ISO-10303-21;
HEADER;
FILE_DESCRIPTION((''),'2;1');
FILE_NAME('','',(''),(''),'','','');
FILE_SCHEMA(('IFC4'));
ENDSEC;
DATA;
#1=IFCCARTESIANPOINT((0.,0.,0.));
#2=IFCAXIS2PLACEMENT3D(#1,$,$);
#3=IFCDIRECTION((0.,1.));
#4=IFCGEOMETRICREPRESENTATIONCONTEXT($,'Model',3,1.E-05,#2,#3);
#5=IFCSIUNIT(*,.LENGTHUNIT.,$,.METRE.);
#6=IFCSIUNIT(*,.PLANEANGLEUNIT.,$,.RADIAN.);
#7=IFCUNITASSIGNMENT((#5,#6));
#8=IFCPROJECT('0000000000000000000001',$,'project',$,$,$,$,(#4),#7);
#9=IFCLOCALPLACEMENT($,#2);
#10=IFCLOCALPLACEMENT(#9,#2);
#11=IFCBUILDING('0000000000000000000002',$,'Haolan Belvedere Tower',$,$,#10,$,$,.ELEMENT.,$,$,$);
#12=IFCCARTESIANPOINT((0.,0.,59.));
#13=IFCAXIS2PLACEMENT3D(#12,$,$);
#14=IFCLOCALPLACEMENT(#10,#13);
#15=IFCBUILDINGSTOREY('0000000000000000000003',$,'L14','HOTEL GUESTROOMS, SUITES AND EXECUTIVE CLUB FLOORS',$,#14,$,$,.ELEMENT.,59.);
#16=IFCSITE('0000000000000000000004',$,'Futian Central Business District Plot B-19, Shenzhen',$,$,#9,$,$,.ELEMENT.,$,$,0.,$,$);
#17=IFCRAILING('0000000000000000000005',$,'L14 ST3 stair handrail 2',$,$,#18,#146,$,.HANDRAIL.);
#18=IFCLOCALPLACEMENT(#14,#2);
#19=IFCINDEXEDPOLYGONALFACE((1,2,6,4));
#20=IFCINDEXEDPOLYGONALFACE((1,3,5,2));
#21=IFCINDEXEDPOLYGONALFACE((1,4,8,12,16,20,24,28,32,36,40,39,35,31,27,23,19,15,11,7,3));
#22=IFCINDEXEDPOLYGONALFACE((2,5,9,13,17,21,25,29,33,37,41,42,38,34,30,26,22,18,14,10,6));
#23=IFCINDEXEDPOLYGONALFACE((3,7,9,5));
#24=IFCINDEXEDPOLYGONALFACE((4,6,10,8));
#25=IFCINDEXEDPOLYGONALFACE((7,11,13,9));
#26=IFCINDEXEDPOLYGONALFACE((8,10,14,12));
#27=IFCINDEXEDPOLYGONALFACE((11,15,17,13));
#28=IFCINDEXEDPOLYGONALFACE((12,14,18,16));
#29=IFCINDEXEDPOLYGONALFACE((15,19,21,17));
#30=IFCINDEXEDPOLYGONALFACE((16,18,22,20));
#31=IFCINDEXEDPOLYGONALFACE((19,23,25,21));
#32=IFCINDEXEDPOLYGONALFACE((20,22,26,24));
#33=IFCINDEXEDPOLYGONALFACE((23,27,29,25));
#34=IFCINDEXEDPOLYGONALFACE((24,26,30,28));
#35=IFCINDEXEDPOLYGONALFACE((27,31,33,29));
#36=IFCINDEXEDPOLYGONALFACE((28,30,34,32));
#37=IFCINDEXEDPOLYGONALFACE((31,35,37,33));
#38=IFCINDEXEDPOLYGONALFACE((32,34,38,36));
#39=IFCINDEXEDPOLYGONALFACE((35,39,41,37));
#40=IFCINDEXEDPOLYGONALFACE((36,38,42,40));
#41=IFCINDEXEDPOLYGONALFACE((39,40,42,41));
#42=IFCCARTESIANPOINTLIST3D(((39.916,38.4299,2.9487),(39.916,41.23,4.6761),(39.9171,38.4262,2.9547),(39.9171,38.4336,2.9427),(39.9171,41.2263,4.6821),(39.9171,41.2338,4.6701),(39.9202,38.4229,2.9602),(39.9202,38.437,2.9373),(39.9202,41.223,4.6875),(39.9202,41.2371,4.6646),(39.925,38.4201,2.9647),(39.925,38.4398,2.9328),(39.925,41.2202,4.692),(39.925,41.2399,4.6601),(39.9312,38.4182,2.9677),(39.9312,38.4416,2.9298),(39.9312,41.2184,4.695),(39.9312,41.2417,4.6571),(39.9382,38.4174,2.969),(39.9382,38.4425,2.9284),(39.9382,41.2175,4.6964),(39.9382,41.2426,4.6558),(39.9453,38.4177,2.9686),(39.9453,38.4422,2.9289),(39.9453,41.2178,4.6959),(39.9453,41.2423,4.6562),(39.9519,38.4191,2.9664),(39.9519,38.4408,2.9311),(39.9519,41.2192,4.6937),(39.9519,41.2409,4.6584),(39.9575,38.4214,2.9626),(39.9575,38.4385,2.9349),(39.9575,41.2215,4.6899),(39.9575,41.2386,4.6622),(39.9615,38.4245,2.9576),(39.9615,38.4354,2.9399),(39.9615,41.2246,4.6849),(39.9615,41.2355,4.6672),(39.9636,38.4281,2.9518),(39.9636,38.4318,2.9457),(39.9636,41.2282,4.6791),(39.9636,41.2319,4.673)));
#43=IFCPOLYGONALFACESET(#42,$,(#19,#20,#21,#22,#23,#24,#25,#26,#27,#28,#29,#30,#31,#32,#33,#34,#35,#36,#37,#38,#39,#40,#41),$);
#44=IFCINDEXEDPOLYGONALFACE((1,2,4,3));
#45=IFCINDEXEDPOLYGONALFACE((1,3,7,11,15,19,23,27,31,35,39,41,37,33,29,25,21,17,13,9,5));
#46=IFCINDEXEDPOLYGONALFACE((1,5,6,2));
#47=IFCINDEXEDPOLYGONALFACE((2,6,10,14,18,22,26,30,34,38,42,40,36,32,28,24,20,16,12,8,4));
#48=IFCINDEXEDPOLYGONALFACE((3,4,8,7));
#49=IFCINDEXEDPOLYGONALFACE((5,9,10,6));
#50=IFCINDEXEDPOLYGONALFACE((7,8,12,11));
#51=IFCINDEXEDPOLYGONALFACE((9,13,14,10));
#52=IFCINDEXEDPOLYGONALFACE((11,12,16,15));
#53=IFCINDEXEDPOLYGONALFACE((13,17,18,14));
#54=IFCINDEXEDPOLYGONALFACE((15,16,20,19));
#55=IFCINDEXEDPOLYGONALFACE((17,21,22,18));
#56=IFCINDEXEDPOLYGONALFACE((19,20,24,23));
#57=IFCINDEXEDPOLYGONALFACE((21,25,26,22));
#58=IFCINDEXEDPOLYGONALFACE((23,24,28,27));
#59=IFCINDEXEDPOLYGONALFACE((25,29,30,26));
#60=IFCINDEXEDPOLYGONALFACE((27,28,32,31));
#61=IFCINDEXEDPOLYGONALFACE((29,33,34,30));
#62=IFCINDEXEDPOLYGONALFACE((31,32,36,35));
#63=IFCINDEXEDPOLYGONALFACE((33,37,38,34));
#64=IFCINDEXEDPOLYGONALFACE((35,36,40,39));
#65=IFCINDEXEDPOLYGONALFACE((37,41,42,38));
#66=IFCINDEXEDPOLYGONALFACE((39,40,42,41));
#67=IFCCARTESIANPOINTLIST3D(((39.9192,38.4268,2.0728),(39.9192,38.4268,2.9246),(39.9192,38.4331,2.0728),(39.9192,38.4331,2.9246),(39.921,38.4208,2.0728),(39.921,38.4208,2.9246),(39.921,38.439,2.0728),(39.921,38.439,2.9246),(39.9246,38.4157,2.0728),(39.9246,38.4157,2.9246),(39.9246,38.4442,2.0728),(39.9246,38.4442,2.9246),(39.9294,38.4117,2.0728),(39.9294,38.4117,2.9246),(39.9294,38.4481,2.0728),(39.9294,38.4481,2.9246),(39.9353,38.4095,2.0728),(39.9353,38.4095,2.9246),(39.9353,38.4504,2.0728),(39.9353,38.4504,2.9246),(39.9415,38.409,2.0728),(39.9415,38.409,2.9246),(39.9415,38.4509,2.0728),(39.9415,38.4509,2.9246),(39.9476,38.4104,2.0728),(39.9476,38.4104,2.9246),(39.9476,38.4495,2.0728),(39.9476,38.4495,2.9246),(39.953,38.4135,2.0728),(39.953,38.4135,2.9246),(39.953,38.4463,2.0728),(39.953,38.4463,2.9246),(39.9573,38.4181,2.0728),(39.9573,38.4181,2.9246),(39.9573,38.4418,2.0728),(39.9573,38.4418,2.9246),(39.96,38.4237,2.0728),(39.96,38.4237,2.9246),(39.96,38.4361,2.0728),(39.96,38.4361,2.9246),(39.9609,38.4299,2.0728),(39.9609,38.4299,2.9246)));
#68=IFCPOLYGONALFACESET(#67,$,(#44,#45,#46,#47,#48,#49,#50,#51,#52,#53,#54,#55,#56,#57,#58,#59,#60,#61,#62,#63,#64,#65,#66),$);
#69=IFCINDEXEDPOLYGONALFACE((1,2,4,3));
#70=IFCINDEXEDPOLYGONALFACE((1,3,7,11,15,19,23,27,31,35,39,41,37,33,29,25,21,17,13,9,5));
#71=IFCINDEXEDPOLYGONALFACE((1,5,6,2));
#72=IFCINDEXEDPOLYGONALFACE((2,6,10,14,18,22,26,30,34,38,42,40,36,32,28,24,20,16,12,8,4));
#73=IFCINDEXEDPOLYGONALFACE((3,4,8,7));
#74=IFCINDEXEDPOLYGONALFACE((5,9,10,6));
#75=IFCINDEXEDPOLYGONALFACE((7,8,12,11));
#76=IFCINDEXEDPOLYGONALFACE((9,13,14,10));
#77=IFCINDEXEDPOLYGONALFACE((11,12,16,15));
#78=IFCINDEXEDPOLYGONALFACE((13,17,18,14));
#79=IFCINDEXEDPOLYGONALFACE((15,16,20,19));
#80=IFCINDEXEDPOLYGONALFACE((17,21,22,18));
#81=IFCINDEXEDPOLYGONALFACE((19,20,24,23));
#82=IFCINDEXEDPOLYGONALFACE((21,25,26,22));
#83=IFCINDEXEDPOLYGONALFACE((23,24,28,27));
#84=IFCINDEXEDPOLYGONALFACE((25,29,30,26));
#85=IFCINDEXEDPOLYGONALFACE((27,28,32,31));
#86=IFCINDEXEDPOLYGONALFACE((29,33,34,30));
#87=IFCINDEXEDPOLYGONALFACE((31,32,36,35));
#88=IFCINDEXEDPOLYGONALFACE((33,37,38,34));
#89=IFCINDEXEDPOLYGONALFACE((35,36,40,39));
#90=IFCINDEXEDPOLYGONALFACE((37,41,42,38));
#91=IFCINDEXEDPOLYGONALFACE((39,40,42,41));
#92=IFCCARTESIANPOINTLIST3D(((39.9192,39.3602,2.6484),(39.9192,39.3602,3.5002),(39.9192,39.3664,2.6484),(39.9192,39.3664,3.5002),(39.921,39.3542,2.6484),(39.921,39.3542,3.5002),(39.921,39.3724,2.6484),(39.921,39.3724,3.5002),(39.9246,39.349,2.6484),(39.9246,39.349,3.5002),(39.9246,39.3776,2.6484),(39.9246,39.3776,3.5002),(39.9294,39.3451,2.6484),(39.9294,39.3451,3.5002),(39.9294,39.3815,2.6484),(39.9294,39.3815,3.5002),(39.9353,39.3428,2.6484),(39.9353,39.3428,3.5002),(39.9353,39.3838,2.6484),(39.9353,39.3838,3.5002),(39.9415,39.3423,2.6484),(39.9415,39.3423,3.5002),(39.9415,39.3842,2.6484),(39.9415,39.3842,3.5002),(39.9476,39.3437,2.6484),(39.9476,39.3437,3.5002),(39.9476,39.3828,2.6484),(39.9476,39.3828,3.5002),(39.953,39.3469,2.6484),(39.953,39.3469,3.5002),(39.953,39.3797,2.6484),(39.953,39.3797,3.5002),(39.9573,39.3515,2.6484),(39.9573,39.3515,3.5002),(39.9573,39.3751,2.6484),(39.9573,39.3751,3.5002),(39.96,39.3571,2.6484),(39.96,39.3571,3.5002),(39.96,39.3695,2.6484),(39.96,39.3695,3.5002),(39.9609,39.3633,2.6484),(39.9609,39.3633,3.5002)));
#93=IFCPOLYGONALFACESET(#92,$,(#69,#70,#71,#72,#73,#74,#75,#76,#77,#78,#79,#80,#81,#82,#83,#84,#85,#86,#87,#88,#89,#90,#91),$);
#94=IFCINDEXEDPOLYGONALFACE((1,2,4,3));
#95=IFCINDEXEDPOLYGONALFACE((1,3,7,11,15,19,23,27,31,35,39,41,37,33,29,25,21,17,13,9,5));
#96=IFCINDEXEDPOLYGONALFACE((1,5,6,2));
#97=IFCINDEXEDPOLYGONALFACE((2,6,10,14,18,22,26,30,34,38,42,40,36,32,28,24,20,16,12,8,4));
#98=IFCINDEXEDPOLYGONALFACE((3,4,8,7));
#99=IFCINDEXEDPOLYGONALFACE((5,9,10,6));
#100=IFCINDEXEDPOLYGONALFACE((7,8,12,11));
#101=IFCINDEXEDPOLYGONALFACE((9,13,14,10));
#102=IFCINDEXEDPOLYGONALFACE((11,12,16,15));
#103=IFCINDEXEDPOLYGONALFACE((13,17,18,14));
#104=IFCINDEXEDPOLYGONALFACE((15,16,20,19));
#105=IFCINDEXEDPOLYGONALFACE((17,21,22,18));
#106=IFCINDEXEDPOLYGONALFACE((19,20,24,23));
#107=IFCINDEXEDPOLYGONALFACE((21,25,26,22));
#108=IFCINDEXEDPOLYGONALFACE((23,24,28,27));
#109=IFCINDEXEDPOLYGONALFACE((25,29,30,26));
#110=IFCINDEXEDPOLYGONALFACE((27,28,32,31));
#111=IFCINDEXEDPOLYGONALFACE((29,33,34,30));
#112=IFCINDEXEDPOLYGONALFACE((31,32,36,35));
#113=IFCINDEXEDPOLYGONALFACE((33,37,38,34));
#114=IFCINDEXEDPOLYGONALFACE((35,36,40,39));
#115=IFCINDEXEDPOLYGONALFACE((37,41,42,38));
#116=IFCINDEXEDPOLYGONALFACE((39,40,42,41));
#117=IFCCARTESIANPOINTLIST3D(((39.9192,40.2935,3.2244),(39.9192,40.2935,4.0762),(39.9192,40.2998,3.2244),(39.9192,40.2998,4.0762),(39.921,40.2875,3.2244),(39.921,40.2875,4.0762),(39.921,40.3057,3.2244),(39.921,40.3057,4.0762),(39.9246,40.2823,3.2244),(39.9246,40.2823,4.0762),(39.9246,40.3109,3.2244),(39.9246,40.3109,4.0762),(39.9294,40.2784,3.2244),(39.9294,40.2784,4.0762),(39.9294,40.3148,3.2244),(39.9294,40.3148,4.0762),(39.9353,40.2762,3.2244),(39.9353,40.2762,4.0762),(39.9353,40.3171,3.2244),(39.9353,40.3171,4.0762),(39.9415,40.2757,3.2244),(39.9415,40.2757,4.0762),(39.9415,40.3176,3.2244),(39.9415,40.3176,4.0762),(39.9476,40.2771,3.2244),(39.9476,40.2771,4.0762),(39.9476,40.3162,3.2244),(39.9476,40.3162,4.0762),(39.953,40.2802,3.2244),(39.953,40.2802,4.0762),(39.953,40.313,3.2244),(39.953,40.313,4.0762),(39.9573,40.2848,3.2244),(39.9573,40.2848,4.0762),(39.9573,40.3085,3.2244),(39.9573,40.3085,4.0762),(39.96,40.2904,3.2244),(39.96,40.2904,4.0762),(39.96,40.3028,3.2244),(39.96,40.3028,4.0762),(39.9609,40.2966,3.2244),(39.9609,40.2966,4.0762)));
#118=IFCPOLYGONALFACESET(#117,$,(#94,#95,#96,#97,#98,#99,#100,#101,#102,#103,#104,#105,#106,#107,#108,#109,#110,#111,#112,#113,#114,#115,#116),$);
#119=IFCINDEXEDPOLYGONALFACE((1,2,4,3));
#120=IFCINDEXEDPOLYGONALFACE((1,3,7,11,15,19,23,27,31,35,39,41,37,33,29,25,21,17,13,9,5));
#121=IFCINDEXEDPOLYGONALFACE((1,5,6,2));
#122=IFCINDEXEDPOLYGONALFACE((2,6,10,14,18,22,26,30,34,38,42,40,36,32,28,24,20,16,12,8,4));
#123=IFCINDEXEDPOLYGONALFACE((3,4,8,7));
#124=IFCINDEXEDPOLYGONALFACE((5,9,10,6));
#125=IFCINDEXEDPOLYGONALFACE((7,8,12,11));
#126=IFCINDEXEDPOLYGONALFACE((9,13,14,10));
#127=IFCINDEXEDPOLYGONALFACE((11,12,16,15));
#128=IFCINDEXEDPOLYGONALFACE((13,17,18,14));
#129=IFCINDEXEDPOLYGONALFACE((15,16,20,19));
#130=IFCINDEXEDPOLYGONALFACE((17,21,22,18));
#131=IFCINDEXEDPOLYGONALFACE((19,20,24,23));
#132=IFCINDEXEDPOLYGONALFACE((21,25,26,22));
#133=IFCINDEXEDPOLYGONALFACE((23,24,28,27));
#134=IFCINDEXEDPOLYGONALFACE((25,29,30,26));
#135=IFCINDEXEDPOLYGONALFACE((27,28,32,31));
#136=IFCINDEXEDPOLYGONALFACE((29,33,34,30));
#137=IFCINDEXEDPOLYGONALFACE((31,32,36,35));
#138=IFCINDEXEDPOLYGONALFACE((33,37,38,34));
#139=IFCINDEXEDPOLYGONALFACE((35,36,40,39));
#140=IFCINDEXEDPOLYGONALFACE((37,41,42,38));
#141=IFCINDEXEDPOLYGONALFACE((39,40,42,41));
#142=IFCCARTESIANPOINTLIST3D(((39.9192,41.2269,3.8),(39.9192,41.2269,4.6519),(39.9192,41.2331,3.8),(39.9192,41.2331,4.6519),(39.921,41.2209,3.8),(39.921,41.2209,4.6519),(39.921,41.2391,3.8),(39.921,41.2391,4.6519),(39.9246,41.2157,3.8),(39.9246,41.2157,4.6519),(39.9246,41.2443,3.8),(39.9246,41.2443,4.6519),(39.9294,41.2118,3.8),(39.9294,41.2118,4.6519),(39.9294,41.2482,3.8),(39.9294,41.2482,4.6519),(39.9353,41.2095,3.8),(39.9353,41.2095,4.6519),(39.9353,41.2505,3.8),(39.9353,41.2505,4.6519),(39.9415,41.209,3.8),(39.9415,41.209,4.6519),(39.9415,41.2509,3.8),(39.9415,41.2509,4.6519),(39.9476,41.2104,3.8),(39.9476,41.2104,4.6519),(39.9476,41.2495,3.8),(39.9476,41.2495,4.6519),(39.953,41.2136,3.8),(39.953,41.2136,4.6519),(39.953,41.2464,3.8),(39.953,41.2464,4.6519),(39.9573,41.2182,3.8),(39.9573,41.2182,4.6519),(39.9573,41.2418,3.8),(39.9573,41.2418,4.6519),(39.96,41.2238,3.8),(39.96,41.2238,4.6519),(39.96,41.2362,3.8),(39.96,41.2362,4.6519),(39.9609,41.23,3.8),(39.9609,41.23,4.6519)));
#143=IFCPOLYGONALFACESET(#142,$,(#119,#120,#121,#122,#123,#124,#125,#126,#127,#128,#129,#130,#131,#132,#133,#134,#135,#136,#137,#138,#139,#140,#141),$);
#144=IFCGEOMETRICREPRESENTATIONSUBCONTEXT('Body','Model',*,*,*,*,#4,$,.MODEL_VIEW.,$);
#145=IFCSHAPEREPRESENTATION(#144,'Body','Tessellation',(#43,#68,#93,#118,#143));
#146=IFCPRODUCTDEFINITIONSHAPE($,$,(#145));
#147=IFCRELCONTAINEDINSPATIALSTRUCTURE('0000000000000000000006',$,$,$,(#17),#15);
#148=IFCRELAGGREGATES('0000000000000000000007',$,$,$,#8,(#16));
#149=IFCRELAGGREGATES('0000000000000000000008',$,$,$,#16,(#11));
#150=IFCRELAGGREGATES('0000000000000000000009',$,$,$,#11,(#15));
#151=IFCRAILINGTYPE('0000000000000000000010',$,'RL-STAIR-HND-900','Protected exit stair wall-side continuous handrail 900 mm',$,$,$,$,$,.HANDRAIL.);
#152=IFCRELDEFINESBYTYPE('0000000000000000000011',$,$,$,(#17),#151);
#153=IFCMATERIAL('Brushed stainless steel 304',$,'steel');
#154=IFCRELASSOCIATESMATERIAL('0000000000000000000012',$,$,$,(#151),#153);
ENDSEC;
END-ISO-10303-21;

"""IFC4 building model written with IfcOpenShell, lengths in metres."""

from ifc_helpers import new_model, si_unit, direction, frame, origin, origin_2d, place, context, subcontext, project, spatial, circle, extrude, material, type_object, element, save


model = new_model("IFC4")

# Units and contexts
model_context = context("Model", 3, precision=1e-05, world=origin(), true_north=direction((0.0, 1.0)))
body_context = subcontext(model_context, "Body", "Model", "MODEL_VIEW")
ifc_project = project(units=[si_unit("LENGTHUNIT", "METRE"), si_unit("PLANEANGLEUNIT", "RADIAN")], contexts=[model_context])

# Site, building, storey
site_placement = place(None, origin())
site = spatial("IfcSite", under=ifc_project, at=site_placement, Name="Futian Central Business District Plot B-19, Shenzhen", CompositionType="ELEMENT", RefElevation=0.0)
building_placement = place(site_placement, origin())
building = spatial("IfcBuilding", under=site, at=building_placement, Name="Haolan Belvedere Tower", CompositionType="ELEMENT")
storey_placement = place(building_placement, frame((0.0, 0.0, 59.0)))
storey = spatial("IfcBuildingStorey", under=building, at=storey_placement, Name="L14", Description="HOTEL GUESTROOMS, SUITES AND EXECUTIVE CLUB FLOORS", CompositionType="ELEMENT", Elevation=59.0)

# Railing
ifc_material_1 = material(Name="Brushed stainless steel 304", Category="steel")
railing_type_1 = type_object("IfcRailingType", Name="RL-STAIR-HND-900", Description="Protected exit stair wall-side continuous handrail 900 mm", PredefinedType="HANDRAIL", material=ifc_material_1)
railing_1_placement = place(storey_placement, frame((39.9399, 38.4299, 2.0728)))
element("IfcRailing", 1, at=railing_1_placement, inside=storey, type_object=railing_type_1, Name="L14 ST3 stair handrail 2", PredefinedType="HANDRAIL", context=body_context, shape_type="SweptSolid", body=[
    extrude(circle(Radius=0.0239, at=origin_2d()), frame((0.0, 0.0, 0.876), z_axis=(0.0, 0.85109, 0.52502), x_axis=(-1.0, 0.0, 0.0)), (0.0, 0.0, 1.0), 3.29),
    extrude(circle(Radius=0.021, at=origin_2d()), origin(), (0.0, 0.0, 1.0), 0.8518),
    extrude(circle(Radius=0.021, at=origin_2d()), frame((0.0, 0.9333, 0.5757)), (0.0, 0.0, 1.0), 0.8518),
    extrude(circle(Radius=0.021, at=origin_2d()), frame((0.0, 1.8667, 1.1516)), (0.0, 0.0, 1.0), 0.8518),
    extrude(circle(Radius=0.021, at=origin_2d()), frame((0.0, 2.8, 1.7273)), (0.0, 0.0, 1.0), 0.8518),
])

save(model, "model.ifc")
